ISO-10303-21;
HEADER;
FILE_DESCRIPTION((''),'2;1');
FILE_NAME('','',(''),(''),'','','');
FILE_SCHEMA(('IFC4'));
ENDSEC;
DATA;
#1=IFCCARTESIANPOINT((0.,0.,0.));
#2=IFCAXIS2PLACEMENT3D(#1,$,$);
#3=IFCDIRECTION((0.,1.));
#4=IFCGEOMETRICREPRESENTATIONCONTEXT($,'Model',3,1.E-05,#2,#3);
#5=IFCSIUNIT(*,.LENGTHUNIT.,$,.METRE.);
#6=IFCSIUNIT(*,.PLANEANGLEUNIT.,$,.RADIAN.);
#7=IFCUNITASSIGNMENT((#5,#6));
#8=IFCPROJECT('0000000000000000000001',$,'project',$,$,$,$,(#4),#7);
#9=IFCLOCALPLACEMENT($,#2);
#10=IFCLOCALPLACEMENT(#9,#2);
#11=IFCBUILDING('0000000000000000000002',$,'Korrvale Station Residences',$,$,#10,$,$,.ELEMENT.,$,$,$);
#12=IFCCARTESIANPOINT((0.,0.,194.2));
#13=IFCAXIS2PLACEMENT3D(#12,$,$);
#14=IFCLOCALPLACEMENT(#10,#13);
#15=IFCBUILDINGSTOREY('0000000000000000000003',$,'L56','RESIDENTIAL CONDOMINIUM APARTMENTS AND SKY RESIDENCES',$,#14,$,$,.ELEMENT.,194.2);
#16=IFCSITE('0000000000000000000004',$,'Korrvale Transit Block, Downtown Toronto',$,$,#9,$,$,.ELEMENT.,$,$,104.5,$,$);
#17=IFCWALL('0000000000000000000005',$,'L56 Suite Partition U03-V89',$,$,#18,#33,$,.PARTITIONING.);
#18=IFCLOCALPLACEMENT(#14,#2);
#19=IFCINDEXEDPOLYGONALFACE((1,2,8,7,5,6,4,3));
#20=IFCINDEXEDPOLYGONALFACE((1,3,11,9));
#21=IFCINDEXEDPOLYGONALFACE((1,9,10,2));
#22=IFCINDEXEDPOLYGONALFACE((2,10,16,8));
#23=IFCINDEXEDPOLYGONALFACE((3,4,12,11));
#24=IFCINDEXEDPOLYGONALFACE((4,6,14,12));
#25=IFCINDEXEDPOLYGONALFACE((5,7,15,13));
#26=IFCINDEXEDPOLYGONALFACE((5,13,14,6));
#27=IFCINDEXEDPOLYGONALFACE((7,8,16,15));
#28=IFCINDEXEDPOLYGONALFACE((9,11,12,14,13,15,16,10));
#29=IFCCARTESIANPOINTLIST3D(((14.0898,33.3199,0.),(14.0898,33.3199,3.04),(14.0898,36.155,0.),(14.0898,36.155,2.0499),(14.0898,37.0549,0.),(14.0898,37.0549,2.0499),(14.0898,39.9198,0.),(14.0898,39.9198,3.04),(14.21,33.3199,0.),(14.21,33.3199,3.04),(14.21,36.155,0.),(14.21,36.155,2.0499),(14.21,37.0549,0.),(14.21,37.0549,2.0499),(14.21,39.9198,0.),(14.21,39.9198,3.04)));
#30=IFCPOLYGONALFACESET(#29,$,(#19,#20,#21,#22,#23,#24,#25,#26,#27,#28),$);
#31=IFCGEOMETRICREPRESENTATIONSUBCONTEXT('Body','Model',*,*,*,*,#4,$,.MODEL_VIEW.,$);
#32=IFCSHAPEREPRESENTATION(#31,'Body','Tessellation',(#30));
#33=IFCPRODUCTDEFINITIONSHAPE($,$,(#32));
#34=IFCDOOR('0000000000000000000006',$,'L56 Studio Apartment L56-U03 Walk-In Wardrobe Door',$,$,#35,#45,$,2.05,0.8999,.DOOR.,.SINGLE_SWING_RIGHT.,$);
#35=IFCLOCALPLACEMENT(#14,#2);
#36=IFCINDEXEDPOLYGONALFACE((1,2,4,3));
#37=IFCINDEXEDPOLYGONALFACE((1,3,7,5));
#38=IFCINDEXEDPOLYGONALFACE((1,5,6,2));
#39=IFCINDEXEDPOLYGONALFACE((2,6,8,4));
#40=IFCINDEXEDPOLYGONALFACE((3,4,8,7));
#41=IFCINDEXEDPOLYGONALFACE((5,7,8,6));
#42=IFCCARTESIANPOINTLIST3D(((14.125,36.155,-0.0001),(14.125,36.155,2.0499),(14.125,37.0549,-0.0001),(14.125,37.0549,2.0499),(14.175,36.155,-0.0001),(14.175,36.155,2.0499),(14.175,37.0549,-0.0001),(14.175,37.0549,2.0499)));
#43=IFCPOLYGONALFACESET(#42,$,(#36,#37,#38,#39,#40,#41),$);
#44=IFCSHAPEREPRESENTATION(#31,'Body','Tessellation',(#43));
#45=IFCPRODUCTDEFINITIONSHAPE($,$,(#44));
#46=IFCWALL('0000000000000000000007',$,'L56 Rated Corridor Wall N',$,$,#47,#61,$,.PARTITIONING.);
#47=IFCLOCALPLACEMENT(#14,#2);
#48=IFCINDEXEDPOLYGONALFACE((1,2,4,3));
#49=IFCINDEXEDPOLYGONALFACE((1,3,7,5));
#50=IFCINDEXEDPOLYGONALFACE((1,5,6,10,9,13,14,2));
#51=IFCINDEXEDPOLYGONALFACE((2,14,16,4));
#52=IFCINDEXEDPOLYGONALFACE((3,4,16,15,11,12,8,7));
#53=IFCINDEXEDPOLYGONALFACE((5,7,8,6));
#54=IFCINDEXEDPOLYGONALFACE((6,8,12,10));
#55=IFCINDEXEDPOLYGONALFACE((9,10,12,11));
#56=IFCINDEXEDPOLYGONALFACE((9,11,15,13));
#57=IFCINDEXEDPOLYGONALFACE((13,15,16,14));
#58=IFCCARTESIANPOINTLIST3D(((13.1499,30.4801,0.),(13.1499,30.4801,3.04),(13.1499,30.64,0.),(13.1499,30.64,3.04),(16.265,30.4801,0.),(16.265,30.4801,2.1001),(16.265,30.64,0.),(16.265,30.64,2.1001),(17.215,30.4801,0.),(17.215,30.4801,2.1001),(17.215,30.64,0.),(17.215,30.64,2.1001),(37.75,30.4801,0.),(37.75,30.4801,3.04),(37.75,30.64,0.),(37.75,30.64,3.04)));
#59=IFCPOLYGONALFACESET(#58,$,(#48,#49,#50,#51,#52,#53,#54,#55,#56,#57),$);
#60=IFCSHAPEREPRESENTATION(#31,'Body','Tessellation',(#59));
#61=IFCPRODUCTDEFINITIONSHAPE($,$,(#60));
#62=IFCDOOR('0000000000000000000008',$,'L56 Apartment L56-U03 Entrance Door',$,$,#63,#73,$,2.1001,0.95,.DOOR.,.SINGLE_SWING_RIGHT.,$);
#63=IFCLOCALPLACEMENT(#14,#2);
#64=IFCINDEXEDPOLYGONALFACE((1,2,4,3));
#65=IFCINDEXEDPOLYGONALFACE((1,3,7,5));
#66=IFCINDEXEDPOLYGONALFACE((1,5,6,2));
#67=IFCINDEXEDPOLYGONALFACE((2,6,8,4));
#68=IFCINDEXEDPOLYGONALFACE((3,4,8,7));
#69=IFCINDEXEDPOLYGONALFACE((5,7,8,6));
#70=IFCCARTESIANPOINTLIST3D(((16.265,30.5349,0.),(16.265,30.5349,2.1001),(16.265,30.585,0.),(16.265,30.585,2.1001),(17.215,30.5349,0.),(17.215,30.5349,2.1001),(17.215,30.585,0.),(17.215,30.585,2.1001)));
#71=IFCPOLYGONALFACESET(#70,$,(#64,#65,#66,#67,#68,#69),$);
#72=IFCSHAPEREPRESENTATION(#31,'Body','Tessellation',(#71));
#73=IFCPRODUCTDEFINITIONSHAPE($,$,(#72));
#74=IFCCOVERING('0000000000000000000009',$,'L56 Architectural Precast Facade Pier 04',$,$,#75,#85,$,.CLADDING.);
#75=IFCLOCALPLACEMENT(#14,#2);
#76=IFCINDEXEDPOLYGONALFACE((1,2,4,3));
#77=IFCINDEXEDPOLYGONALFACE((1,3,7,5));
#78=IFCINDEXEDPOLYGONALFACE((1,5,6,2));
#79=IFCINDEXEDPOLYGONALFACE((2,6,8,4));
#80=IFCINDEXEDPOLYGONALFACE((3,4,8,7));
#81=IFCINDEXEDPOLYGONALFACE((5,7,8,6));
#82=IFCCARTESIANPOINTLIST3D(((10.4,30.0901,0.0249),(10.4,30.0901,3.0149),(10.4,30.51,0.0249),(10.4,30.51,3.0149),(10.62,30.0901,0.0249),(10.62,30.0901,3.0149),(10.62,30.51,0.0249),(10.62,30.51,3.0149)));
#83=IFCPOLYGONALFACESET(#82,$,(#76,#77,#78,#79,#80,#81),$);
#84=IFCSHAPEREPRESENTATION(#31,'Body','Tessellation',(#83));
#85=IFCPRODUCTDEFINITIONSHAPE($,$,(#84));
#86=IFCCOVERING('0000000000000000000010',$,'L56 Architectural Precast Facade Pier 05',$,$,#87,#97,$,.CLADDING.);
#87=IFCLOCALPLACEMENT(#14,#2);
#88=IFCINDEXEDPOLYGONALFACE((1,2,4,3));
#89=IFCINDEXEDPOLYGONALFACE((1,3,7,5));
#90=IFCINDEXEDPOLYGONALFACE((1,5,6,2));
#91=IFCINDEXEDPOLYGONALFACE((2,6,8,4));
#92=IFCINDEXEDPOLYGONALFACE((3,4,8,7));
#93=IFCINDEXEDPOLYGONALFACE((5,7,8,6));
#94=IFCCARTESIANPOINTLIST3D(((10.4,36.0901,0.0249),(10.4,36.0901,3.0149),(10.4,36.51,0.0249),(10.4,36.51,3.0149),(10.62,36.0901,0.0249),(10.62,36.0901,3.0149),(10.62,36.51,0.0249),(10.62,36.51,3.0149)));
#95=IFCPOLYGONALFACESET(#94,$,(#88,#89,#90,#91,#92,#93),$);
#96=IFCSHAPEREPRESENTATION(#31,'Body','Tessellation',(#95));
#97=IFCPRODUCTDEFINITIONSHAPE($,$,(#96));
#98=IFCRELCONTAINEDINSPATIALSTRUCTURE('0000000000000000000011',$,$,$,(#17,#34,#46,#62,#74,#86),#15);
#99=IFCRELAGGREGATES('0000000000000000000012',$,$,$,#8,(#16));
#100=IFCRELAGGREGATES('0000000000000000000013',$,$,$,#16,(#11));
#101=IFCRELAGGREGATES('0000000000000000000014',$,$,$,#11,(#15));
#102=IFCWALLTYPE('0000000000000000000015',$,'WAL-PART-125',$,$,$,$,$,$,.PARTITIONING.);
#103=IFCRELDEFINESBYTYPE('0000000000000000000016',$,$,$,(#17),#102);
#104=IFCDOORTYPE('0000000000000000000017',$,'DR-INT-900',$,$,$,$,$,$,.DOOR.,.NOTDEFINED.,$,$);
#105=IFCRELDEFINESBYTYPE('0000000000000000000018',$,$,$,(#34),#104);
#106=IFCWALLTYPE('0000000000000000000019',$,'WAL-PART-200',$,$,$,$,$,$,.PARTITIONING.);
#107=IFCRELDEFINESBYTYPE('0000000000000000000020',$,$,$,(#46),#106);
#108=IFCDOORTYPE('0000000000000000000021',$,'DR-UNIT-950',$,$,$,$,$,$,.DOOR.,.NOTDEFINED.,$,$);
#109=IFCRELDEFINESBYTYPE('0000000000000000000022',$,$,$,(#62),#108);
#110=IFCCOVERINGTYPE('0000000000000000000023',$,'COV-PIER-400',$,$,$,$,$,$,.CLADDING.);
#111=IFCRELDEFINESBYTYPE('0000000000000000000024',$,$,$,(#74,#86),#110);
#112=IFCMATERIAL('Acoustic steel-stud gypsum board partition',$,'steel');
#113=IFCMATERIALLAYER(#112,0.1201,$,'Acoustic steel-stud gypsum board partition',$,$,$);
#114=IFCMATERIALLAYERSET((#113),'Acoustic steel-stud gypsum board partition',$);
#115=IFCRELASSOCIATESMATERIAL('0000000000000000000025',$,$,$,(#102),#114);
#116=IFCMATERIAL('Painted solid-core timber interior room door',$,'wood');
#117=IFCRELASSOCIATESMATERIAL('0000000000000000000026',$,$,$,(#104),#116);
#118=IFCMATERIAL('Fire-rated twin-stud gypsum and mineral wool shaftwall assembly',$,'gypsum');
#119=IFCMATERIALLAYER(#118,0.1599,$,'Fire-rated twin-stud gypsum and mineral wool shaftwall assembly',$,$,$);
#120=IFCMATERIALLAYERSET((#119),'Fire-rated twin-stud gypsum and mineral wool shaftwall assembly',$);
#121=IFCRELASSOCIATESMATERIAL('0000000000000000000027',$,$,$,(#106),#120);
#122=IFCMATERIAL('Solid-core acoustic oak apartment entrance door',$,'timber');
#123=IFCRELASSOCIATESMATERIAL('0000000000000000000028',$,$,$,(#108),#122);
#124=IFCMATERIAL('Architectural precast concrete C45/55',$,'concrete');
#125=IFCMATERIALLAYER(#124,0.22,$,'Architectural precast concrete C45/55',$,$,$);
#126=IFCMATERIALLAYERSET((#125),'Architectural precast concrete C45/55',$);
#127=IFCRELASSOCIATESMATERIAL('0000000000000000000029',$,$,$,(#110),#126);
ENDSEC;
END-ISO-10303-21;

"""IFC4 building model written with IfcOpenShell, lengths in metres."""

from ifc_helpers import new_model, si_unit, direction, frame, frame_2d, origin, origin_2d, place, context, subcontext, project, spatial, rectangle, extrude, material, layer, layer_set, type_object, element, fill, save


model = new_model("IFC4")

# Units and contexts
model_context = context("Model", 3, precision=1e-05, world=origin(), true_north=direction((0.0, 1.0)))
body_context = subcontext(model_context, "Body", "Model", "MODEL_VIEW")
ifc_project = project(units=[si_unit("LENGTHUNIT", "METRE"), si_unit("PLANEANGLEUNIT", "RADIAN")], contexts=[model_context])

# Site, building, storey
site_placement = place(None, origin())
site = spatial("IfcSite", under=ifc_project, at=site_placement, Name="Korrvale Transit Block, Downtown Toronto", CompositionType="ELEMENT", RefElevation=104.5)
building_placement = place(site_placement, origin())
building = spatial("IfcBuilding", under=site, at=building_placement, Name="Korrvale Station Residences", CompositionType="ELEMENT")
storey_placement = place(building_placement, frame((0.0, 0.0, 194.2)))
storey = spatial("IfcBuildingStorey", under=building, at=storey_placement, Name="L56", Description="RESIDENTIAL CONDOMINIUM APARTMENTS AND SKY RESIDENCES", CompositionType="ELEMENT", Elevation=194.2)

# Shared definitions
ifc_material_1 = material(Name="Acoustic steel-stud gypsum board partition", Category="steel")
ifc_layer_1 = layer(ifc_material_1, 0.1201, Name="Acoustic steel-stud gypsum board partition")
ifc_layer_set_1 = layer_set([ifc_layer_1], Name="Acoustic steel-stud gypsum board partition")
wall_type_1 = type_object("IfcWallType", Name="WAL-PART-125", PredefinedType="PARTITIONING", material=ifc_layer_set_1)

# Walls, openings, doors
wall_1_placement = place(storey_placement, frame((14.1499, 33.3201, 0.0), z_axis=(0.0, 0.0, 1.0), x_axis=(0.0, 1.0, 0.0)))
wall_1 = element("IfcWall", 1, at=wall_1_placement, inside=storey, type_object=wall_type_1, Name="L56 Suite Partition U03-V89", PredefinedType="PARTITIONING", context=body_context, shape_type="SweptSolid", body=[
    extrude(rectangle(XDim=6.5999, YDim=0.1201, at=frame_2d((3.2998, 0.0))), origin(), (0.0, 0.0, 1.0), 3.04),
])
opening_1_placement = place(wall_1_placement, frame((2.835, 0.0, 0.0)))
opening_1 = element("IfcOpeningElement", 2, at=opening_1_placement, cuts=wall_1, PredefinedType="OPENING", context=body_context, shape_type="SweptSolid", body=[
    extrude(rectangle(XDim=0.8999, YDim=2.05, at=frame_2d((0.45, 1.0249))), frame((0.0, 0.0701, 0.0), z_axis=(0.0, -1.0, 0.0), x_axis=(1.0, 0.0, 0.0)), (0.0, 0.0, 1.0), 0.1401),
])
ifc_material_2 = material(Name="Painted solid-core timber interior room door", Category="wood")
door_type_1 = type_object("IfcDoorType", Name="DR-INT-900", OperationType="NOTDEFINED", PredefinedType="DOOR", material=ifc_material_2)
door_1_placement = place(opening_1_placement, origin())
door_1 = element("IfcDoor", 3, at=door_1_placement, inside=storey, type_object=door_type_1, Name="L56 Studio Apartment L56-U03 Walk-In Wardrobe Door", OperationType="SINGLE_SWING_RIGHT", OverallHeight=2.05, OverallWidth=0.8999, PredefinedType="DOOR", context=body_context, shape_type="SweptSolid", body=[
    extrude(rectangle(XDim=0.8999, YDim=2.05, at=frame_2d((0.45, 1.0249))), frame((0.0, 0.0249, 0.0), z_axis=(0.0, -1.0, 0.0), x_axis=(1.0, 0.0, 0.0)), (0.0, 0.0, 1.0), 0.05),
])
fill(opening_1, door_1)
ifc_material_3 = material(Name="Fire-rated twin-stud gypsum and mineral wool shaftwall assembly", Category="gypsum")
ifc_layer_2 = layer(ifc_material_3, 0.1599, Name="Fire-rated twin-stud gypsum and mineral wool shaftwall assembly")
ifc_layer_set_2 = layer_set([ifc_layer_2], Name="Fire-rated twin-stud gypsum and mineral wool shaftwall assembly")
wall_type_2 = type_object("IfcWallType", Name="WAL-PART-200", PredefinedType="PARTITIONING", material=ifc_layer_set_2)
wall_2_placement = place(storey_placement, frame((13.1499, 30.5601, 0.0), z_axis=(0.0, 0.0, 1.0), x_axis=(1.0, 0.0, 0.0)))
wall_2 = element("IfcWall", 4, at=wall_2_placement, inside=storey, type_object=wall_type_2, Name="L56 Rated Corridor Wall N", PredefinedType="PARTITIONING", context=body_context, shape_type="SweptSolid", body=[
    extrude(rectangle(XDim=24.6001, YDim=0.1599, at=frame_2d((12.3, 0.0))), origin(), (0.0, 0.0, 1.0), 3.04),
])
opening_2_placement = place(wall_2_placement, frame((3.115, 0.0, 0.0)))
opening_2 = element("IfcOpeningElement", 5, at=opening_2_placement, cuts=wall_2, PredefinedType="OPENING", context=body_context, shape_type="SweptSolid", body=[
    extrude(rectangle(XDim=0.95, YDim=2.1001, at=frame_2d((0.4751, 1.05))), frame((0.0, 0.0898, 0.0), z_axis=(0.0, -1.0, 0.0), x_axis=(1.0, 0.0, 0.0)), (0.0, 0.0, 1.0), 0.1799),
])
ifc_material_4 = material(Name="Solid-core acoustic oak apartment entrance door", Category="timber")
door_type_2 = type_object("IfcDoorType", Name="DR-UNIT-950", OperationType="NOTDEFINED", PredefinedType="DOOR", material=ifc_material_4)
door_2_placement = place(opening_2_placement, origin())
door_2 = element("IfcDoor", 6, at=door_2_placement, inside=storey, type_object=door_type_2, Name="L56 Apartment L56-U03 Entrance Door", OperationType="SINGLE_SWING_RIGHT", OverallHeight=2.1001, OverallWidth=0.95, PredefinedType="DOOR", context=body_context, shape_type="SweptSolid", body=[
    extrude(rectangle(XDim=0.95, YDim=2.1001, at=frame_2d((0.4751, 1.05))), frame((0.0, 0.0249, 0.0), z_axis=(0.0, -1.0, 0.0), x_axis=(1.0, 0.0, 0.0)), (0.0, 0.0, 1.0), 0.05),
])
fill(opening_2, door_2)

# Coverings
ifc_material_5 = material(Name="Architectural precast concrete C45/55", Category="concrete")
ifc_layer_3 = layer(ifc_material_5, 0.22, Name="Architectural precast concrete C45/55")
ifc_layer_set_3 = layer_set([ifc_layer_3], Name="Architectural precast concrete C45/55")
covering_type = type_object("IfcCoveringType", Name="COV-PIER-400", PredefinedType="CLADDING", material=ifc_layer_set_3)
for number, where, z_axis, x_axis, name in (
    (7, (10.51, 30.3, 0.0249), (0.0, 0.0, 1.0), (0.0, 1.0, 0.0), "L56 Architectural Precast Facade Pier 04"),
    (8, (10.51, 36.3, 0.0249), (0.0, 0.0, 1.0), (0.0, 1.0, 0.0), "L56 Architectural Precast Facade Pier 05"),
):
    element("IfcCovering", number, at=place(storey_placement, frame(where, z_axis=z_axis, x_axis=x_axis)), inside=storey, type_object=covering_type, Name=name, PredefinedType="CLADDING", context=body_context, shape_type="SweptSolid", body=[
        extrude(rectangle(XDim=0.4199, YDim=0.22, at=origin_2d()), origin(), (0.0, 0.0, 1.0), 2.99),
    ])

save(model, "model.ifc")
